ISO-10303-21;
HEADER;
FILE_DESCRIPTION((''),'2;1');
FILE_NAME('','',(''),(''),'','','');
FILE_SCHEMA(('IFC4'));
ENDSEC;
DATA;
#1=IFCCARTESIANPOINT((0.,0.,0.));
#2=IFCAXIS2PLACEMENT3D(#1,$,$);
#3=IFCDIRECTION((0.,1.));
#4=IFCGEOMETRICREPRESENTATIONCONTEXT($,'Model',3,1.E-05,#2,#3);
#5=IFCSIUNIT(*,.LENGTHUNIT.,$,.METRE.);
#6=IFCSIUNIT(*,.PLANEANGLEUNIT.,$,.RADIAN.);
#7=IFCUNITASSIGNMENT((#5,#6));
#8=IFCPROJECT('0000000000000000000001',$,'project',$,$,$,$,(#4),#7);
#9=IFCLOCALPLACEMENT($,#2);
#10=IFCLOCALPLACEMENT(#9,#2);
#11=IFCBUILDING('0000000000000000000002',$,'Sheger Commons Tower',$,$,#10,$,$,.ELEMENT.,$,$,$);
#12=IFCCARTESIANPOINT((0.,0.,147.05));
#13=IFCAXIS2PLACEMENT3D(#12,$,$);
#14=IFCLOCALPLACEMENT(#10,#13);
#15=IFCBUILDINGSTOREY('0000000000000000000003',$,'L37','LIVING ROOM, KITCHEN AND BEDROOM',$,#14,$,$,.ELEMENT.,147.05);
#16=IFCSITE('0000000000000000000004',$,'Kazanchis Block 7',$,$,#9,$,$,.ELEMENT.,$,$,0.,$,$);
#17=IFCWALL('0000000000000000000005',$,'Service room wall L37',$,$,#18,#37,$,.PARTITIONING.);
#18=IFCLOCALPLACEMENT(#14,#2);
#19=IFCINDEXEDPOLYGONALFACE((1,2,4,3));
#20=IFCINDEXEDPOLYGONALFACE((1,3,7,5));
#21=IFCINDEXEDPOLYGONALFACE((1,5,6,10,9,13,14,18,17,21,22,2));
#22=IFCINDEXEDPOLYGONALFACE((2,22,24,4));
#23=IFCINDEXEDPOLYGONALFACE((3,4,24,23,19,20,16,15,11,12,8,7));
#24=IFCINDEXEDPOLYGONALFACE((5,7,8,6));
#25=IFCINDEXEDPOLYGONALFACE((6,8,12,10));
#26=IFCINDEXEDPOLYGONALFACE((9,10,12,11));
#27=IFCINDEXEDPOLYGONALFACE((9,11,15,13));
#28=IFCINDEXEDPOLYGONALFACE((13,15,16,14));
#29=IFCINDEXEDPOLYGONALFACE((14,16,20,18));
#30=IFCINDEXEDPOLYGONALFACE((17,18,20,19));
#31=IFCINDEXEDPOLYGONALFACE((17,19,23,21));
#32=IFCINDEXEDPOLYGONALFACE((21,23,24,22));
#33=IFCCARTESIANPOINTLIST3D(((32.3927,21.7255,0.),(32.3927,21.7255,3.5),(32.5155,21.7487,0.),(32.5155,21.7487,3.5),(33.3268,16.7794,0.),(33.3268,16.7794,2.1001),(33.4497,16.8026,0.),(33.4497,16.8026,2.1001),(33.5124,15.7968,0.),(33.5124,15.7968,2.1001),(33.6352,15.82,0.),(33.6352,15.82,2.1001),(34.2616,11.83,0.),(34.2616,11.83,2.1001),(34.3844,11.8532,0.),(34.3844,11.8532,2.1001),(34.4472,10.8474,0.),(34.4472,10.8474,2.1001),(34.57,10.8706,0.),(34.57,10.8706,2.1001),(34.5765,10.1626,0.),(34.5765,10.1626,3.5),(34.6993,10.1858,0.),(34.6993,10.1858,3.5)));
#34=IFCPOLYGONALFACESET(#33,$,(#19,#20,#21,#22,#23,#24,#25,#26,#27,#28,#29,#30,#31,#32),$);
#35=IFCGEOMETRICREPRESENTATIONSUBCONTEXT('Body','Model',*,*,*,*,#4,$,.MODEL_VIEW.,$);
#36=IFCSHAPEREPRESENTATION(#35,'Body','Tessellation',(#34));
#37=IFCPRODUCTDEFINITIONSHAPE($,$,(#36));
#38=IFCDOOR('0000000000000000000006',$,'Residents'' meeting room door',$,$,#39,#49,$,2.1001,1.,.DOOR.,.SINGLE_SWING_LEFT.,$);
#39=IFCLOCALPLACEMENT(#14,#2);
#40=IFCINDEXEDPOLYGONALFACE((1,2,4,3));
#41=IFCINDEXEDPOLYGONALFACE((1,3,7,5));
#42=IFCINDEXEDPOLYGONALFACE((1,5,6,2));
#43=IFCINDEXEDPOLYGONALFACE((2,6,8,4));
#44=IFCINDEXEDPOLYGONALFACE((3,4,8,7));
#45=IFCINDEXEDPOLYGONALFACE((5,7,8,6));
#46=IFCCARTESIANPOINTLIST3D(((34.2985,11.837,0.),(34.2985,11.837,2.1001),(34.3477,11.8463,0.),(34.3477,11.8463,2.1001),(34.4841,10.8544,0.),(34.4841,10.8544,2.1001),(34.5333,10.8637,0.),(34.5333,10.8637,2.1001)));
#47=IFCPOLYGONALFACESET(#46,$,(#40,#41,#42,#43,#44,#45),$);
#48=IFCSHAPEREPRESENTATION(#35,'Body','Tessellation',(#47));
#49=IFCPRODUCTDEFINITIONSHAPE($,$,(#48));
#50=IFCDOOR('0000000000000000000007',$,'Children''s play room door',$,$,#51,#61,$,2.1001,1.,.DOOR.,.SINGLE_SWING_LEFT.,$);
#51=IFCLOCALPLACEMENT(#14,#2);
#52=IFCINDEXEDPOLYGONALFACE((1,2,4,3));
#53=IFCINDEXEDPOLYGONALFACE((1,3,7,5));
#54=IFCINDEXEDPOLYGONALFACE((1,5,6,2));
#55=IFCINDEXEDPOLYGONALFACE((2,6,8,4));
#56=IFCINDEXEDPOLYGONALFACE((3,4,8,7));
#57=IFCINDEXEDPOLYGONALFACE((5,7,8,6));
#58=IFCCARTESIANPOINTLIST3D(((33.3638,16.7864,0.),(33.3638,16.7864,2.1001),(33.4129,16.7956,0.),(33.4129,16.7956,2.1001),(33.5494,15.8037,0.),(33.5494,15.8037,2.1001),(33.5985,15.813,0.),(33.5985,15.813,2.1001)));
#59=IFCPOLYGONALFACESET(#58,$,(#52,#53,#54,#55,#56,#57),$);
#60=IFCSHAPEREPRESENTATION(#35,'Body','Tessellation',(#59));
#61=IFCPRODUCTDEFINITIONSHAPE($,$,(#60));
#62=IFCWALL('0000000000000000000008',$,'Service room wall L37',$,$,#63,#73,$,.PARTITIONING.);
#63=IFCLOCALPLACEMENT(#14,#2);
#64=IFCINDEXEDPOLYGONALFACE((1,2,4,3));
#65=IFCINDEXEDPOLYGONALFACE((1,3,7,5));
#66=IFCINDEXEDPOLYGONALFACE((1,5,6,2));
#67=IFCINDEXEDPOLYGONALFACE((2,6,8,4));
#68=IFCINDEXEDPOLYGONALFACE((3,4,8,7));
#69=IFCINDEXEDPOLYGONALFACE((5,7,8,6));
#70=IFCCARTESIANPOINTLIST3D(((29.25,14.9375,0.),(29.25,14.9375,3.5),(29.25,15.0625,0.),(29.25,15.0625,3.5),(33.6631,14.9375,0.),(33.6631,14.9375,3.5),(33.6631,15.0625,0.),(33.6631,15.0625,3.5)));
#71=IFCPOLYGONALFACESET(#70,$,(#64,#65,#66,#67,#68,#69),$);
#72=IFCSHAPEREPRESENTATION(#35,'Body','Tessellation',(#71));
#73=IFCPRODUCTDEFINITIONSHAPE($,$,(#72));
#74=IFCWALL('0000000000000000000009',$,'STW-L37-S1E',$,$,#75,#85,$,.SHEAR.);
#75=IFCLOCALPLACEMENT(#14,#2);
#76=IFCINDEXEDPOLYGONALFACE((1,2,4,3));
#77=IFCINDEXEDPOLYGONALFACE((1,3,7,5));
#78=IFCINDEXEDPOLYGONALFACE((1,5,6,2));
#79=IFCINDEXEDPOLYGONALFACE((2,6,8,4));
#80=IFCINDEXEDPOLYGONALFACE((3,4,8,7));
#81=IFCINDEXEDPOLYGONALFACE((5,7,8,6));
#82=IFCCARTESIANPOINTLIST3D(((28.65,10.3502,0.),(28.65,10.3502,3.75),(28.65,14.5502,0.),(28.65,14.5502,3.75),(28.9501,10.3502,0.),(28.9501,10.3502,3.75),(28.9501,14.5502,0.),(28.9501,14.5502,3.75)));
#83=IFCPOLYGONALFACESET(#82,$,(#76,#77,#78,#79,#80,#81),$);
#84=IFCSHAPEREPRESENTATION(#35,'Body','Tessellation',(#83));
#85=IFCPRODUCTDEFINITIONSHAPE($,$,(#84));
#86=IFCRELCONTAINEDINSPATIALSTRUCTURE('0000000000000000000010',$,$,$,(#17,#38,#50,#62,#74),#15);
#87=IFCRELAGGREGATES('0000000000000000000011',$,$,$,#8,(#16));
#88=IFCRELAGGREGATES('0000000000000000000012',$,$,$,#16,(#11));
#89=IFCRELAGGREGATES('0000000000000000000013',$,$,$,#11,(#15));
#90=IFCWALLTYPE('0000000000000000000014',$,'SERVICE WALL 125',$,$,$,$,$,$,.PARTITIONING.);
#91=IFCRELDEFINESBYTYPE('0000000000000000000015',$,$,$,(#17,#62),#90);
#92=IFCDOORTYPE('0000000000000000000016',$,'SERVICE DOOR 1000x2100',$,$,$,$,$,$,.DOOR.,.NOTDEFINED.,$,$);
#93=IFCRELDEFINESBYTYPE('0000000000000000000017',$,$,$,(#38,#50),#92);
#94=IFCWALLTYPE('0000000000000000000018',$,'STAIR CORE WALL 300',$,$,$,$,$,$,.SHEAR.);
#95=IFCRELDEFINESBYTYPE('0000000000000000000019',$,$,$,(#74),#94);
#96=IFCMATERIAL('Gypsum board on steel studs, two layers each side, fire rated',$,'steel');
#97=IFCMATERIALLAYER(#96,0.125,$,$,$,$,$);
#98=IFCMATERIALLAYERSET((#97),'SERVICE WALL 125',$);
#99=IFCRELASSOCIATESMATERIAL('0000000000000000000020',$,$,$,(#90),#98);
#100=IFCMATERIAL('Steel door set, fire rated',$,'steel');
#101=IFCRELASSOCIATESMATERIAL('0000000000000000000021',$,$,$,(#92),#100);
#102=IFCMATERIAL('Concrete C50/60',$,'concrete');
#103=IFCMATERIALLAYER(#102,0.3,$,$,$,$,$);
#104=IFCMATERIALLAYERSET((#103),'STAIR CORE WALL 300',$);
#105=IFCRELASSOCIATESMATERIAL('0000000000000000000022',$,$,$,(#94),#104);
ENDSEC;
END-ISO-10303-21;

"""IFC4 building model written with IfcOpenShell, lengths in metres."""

from ifc_helpers import new_model, si_unit, direction, frame, frame_2d, origin, place, context, subcontext, project, spatial, rectangle, extrude, material, layer, layer_set, type_object, element, fill, save


model = new_model("IFC4")

# Units and contexts
model_context = context("Model", 3, precision=1e-05, world=origin(), true_north=direction((0.0, 1.0)))
body_context = subcontext(model_context, "Body", "Model", "MODEL_VIEW")
ifc_project = project(units=[si_unit("LENGTHUNIT", "METRE"), si_unit("PLANEANGLEUNIT", "RADIAN")], contexts=[model_context])

# Site, building, storey
site_placement = place(None, origin())
site = spatial("IfcSite", under=ifc_project, at=site_placement, Name="Kazanchis Block 7", CompositionType="ELEMENT", RefElevation=0.0)
building_placement = place(site_placement, origin())
building = spatial("IfcBuilding", under=site, at=building_placement, Name="Sheger Commons Tower", CompositionType="ELEMENT")
storey_placement = place(building_placement, frame((0.0, 0.0, 147.05)))
storey = spatial("IfcBuildingStorey", under=building, at=storey_placement, Name="L37", Description="LIVING ROOM, KITCHEN AND BEDROOM", CompositionType="ELEMENT", Elevation=147.05)

# Shared definitions
ifc_material_1 = material(Name="Gypsum board on steel studs, two layers each side, fire rated", Category="steel")
ifc_layer_1 = layer(ifc_material_1, 0.125)
ifc_layer_set_1 = layer_set([ifc_layer_1], Name="SERVICE WALL 125")
wall_type_1 = type_object("IfcWallType", Name="SERVICE WALL 125", PredefinedType="PARTITIONING", material=ifc_layer_set_1)

# Wall, openings, doors
wall_1_placement = place(storey_placement, frame((34.6379, 10.1741, 0.0), z_axis=(0.0, 0.0, 1.0), x_axis=(-0.185584, 0.982628, 0.0)))
wall_1 = element("IfcWall", 1, at=wall_1_placement, inside=storey, type_object=wall_type_1, Name="Service room wall L37", PredefinedType="PARTITIONING", context=body_context, shape_type="SweptSolid", body=[
    extrude(rectangle(XDim=11.7673, YDim=0.125, at=frame_2d((5.8838, 0.0))), origin(), (0.0, 0.0, 1.0), 3.5),
])
opening_1_placement = place(wall_1_placement, frame((0.697, 0.0, 0.0)))
opening_1 = element("IfcOpeningElement", 2, at=opening_1_placement, cuts=wall_1, PredefinedType="OPENING", context=body_context, shape_type="SweptSolid", body=[
    extrude(rectangle(XDim=1.0, YDim=2.1001, at=frame_2d((0.5, 1.05))), frame((0.0, 0.0725, 0.0), z_axis=(0.0, -1.0, 0.0), x_axis=(1.0, 0.0, 0.0)), (0.0, 0.0, 1.0), 0.145),
])
opening_2_placement = place(wall_1_placement, frame((5.7339, 0.0, 0.0)))
opening_2 = element("IfcOpeningElement", 3, at=opening_2_placement, cuts=wall_1, PredefinedType="OPENING", context=body_context, shape_type="SweptSolid", body=[
    extrude(rectangle(XDim=1.0, YDim=2.1001, at=frame_2d((0.5, 1.05))), frame((0.0, 0.0725, 0.0), z_axis=(0.0, -1.0, 0.0), x_axis=(1.0, 0.0, 0.0)), (0.0, 0.0, 1.0), 0.145),
])
ifc_material_2 = material(Name="Steel door set, fire rated", Category="steel")
door_type = type_object("IfcDoorType", Name="SERVICE DOOR 1000x2100", OperationType="NOTDEFINED", PredefinedType="DOOR", material=ifc_material_2)
door_1_placement = place(opening_1_placement, origin())
door_1 = element("IfcDoor", 4, at=door_1_placement, inside=storey, type_object=door_type, Name="Residents' meeting room door", OperationType="SINGLE_SWING_LEFT", OverallHeight=2.1001, OverallWidth=1.0, PredefinedType="DOOR", context=body_context, shape_type="SweptSolid", body=[
    extrude(rectangle(XDim=1.0, YDim=2.1001, at=frame_2d((0.5, 1.05))), frame((0.0, 0.0249, 0.0), z_axis=(0.0, -1.0, 0.0), x_axis=(1.0, 0.0, 0.0)), (0.0, 0.0, 1.0), 0.05),
])
fill(opening_1, door_1)
door_2_placement = place(opening_2_placement, origin())
door_2 = element("IfcDoor", 5, at=door_2_placement, inside=storey, type_object=door_type, Name="Children's play room door", OperationType="SINGLE_SWING_LEFT", OverallHeight=2.1001, OverallWidth=1.0, PredefinedType="DOOR", context=body_context, shape_type="SweptSolid", body=[
    extrude(rectangle(XDim=1.0, YDim=2.1001, at=frame_2d((0.5, 1.05))), frame((0.0, 0.0249, 0.0), z_axis=(0.0, -1.0, 0.0), x_axis=(1.0, 0.0, 0.0)), (0.0, 0.0, 1.0), 0.05),
])
fill(opening_2, door_2)

# Walls
wall_2_placement = place(storey_placement, frame((29.25, 15.0, 0.0), z_axis=(0.0, 0.0, 1.0), x_axis=(1.0, 0.0, 0.0)))
element("IfcWall", 6, at=wall_2_placement, inside=storey, type_object=wall_type_1, Name="Service room wall L37", PredefinedType="PARTITIONING", context=body_context, shape_type="SweptSolid", body=[
    extrude(rectangle(XDim=4.4131, YDim=0.125, at=frame_2d((2.2065, 0.0))), origin(), (0.0, 0.0, 1.0), 3.5),
])
ifc_material_3 = material(Name="Concrete C50/60", Category="concrete")
ifc_layer_2 = layer(ifc_material_3, 0.3)
ifc_layer_set_2 = layer_set([ifc_layer_2], Name="STAIR CORE WALL 300")
wall_type_2 = type_object("IfcWallType", Name="STAIR CORE WALL 300", PredefinedType="SHEAR", material=ifc_layer_set_2)
wall_3_placement = place(storey_placement, frame((28.8, 10.3501, 0.0), z_axis=(0.0, 0.0, 1.0), x_axis=(0.0, 1.0, 0.0)))
element("IfcWall", 7, at=wall_3_placement, inside=storey, type_object=wall_type_2, Name="STW-L37-S1E", PredefinedType="SHEAR", context=body_context, shape_type="SweptSolid", body=[
    extrude(rectangle(XDim=4.2, YDim=0.3, at=frame_2d((2.1001, 0.0))), origin(), (0.0, 0.0, 1.0), 3.75),
])

save(model, "model.ifc")
